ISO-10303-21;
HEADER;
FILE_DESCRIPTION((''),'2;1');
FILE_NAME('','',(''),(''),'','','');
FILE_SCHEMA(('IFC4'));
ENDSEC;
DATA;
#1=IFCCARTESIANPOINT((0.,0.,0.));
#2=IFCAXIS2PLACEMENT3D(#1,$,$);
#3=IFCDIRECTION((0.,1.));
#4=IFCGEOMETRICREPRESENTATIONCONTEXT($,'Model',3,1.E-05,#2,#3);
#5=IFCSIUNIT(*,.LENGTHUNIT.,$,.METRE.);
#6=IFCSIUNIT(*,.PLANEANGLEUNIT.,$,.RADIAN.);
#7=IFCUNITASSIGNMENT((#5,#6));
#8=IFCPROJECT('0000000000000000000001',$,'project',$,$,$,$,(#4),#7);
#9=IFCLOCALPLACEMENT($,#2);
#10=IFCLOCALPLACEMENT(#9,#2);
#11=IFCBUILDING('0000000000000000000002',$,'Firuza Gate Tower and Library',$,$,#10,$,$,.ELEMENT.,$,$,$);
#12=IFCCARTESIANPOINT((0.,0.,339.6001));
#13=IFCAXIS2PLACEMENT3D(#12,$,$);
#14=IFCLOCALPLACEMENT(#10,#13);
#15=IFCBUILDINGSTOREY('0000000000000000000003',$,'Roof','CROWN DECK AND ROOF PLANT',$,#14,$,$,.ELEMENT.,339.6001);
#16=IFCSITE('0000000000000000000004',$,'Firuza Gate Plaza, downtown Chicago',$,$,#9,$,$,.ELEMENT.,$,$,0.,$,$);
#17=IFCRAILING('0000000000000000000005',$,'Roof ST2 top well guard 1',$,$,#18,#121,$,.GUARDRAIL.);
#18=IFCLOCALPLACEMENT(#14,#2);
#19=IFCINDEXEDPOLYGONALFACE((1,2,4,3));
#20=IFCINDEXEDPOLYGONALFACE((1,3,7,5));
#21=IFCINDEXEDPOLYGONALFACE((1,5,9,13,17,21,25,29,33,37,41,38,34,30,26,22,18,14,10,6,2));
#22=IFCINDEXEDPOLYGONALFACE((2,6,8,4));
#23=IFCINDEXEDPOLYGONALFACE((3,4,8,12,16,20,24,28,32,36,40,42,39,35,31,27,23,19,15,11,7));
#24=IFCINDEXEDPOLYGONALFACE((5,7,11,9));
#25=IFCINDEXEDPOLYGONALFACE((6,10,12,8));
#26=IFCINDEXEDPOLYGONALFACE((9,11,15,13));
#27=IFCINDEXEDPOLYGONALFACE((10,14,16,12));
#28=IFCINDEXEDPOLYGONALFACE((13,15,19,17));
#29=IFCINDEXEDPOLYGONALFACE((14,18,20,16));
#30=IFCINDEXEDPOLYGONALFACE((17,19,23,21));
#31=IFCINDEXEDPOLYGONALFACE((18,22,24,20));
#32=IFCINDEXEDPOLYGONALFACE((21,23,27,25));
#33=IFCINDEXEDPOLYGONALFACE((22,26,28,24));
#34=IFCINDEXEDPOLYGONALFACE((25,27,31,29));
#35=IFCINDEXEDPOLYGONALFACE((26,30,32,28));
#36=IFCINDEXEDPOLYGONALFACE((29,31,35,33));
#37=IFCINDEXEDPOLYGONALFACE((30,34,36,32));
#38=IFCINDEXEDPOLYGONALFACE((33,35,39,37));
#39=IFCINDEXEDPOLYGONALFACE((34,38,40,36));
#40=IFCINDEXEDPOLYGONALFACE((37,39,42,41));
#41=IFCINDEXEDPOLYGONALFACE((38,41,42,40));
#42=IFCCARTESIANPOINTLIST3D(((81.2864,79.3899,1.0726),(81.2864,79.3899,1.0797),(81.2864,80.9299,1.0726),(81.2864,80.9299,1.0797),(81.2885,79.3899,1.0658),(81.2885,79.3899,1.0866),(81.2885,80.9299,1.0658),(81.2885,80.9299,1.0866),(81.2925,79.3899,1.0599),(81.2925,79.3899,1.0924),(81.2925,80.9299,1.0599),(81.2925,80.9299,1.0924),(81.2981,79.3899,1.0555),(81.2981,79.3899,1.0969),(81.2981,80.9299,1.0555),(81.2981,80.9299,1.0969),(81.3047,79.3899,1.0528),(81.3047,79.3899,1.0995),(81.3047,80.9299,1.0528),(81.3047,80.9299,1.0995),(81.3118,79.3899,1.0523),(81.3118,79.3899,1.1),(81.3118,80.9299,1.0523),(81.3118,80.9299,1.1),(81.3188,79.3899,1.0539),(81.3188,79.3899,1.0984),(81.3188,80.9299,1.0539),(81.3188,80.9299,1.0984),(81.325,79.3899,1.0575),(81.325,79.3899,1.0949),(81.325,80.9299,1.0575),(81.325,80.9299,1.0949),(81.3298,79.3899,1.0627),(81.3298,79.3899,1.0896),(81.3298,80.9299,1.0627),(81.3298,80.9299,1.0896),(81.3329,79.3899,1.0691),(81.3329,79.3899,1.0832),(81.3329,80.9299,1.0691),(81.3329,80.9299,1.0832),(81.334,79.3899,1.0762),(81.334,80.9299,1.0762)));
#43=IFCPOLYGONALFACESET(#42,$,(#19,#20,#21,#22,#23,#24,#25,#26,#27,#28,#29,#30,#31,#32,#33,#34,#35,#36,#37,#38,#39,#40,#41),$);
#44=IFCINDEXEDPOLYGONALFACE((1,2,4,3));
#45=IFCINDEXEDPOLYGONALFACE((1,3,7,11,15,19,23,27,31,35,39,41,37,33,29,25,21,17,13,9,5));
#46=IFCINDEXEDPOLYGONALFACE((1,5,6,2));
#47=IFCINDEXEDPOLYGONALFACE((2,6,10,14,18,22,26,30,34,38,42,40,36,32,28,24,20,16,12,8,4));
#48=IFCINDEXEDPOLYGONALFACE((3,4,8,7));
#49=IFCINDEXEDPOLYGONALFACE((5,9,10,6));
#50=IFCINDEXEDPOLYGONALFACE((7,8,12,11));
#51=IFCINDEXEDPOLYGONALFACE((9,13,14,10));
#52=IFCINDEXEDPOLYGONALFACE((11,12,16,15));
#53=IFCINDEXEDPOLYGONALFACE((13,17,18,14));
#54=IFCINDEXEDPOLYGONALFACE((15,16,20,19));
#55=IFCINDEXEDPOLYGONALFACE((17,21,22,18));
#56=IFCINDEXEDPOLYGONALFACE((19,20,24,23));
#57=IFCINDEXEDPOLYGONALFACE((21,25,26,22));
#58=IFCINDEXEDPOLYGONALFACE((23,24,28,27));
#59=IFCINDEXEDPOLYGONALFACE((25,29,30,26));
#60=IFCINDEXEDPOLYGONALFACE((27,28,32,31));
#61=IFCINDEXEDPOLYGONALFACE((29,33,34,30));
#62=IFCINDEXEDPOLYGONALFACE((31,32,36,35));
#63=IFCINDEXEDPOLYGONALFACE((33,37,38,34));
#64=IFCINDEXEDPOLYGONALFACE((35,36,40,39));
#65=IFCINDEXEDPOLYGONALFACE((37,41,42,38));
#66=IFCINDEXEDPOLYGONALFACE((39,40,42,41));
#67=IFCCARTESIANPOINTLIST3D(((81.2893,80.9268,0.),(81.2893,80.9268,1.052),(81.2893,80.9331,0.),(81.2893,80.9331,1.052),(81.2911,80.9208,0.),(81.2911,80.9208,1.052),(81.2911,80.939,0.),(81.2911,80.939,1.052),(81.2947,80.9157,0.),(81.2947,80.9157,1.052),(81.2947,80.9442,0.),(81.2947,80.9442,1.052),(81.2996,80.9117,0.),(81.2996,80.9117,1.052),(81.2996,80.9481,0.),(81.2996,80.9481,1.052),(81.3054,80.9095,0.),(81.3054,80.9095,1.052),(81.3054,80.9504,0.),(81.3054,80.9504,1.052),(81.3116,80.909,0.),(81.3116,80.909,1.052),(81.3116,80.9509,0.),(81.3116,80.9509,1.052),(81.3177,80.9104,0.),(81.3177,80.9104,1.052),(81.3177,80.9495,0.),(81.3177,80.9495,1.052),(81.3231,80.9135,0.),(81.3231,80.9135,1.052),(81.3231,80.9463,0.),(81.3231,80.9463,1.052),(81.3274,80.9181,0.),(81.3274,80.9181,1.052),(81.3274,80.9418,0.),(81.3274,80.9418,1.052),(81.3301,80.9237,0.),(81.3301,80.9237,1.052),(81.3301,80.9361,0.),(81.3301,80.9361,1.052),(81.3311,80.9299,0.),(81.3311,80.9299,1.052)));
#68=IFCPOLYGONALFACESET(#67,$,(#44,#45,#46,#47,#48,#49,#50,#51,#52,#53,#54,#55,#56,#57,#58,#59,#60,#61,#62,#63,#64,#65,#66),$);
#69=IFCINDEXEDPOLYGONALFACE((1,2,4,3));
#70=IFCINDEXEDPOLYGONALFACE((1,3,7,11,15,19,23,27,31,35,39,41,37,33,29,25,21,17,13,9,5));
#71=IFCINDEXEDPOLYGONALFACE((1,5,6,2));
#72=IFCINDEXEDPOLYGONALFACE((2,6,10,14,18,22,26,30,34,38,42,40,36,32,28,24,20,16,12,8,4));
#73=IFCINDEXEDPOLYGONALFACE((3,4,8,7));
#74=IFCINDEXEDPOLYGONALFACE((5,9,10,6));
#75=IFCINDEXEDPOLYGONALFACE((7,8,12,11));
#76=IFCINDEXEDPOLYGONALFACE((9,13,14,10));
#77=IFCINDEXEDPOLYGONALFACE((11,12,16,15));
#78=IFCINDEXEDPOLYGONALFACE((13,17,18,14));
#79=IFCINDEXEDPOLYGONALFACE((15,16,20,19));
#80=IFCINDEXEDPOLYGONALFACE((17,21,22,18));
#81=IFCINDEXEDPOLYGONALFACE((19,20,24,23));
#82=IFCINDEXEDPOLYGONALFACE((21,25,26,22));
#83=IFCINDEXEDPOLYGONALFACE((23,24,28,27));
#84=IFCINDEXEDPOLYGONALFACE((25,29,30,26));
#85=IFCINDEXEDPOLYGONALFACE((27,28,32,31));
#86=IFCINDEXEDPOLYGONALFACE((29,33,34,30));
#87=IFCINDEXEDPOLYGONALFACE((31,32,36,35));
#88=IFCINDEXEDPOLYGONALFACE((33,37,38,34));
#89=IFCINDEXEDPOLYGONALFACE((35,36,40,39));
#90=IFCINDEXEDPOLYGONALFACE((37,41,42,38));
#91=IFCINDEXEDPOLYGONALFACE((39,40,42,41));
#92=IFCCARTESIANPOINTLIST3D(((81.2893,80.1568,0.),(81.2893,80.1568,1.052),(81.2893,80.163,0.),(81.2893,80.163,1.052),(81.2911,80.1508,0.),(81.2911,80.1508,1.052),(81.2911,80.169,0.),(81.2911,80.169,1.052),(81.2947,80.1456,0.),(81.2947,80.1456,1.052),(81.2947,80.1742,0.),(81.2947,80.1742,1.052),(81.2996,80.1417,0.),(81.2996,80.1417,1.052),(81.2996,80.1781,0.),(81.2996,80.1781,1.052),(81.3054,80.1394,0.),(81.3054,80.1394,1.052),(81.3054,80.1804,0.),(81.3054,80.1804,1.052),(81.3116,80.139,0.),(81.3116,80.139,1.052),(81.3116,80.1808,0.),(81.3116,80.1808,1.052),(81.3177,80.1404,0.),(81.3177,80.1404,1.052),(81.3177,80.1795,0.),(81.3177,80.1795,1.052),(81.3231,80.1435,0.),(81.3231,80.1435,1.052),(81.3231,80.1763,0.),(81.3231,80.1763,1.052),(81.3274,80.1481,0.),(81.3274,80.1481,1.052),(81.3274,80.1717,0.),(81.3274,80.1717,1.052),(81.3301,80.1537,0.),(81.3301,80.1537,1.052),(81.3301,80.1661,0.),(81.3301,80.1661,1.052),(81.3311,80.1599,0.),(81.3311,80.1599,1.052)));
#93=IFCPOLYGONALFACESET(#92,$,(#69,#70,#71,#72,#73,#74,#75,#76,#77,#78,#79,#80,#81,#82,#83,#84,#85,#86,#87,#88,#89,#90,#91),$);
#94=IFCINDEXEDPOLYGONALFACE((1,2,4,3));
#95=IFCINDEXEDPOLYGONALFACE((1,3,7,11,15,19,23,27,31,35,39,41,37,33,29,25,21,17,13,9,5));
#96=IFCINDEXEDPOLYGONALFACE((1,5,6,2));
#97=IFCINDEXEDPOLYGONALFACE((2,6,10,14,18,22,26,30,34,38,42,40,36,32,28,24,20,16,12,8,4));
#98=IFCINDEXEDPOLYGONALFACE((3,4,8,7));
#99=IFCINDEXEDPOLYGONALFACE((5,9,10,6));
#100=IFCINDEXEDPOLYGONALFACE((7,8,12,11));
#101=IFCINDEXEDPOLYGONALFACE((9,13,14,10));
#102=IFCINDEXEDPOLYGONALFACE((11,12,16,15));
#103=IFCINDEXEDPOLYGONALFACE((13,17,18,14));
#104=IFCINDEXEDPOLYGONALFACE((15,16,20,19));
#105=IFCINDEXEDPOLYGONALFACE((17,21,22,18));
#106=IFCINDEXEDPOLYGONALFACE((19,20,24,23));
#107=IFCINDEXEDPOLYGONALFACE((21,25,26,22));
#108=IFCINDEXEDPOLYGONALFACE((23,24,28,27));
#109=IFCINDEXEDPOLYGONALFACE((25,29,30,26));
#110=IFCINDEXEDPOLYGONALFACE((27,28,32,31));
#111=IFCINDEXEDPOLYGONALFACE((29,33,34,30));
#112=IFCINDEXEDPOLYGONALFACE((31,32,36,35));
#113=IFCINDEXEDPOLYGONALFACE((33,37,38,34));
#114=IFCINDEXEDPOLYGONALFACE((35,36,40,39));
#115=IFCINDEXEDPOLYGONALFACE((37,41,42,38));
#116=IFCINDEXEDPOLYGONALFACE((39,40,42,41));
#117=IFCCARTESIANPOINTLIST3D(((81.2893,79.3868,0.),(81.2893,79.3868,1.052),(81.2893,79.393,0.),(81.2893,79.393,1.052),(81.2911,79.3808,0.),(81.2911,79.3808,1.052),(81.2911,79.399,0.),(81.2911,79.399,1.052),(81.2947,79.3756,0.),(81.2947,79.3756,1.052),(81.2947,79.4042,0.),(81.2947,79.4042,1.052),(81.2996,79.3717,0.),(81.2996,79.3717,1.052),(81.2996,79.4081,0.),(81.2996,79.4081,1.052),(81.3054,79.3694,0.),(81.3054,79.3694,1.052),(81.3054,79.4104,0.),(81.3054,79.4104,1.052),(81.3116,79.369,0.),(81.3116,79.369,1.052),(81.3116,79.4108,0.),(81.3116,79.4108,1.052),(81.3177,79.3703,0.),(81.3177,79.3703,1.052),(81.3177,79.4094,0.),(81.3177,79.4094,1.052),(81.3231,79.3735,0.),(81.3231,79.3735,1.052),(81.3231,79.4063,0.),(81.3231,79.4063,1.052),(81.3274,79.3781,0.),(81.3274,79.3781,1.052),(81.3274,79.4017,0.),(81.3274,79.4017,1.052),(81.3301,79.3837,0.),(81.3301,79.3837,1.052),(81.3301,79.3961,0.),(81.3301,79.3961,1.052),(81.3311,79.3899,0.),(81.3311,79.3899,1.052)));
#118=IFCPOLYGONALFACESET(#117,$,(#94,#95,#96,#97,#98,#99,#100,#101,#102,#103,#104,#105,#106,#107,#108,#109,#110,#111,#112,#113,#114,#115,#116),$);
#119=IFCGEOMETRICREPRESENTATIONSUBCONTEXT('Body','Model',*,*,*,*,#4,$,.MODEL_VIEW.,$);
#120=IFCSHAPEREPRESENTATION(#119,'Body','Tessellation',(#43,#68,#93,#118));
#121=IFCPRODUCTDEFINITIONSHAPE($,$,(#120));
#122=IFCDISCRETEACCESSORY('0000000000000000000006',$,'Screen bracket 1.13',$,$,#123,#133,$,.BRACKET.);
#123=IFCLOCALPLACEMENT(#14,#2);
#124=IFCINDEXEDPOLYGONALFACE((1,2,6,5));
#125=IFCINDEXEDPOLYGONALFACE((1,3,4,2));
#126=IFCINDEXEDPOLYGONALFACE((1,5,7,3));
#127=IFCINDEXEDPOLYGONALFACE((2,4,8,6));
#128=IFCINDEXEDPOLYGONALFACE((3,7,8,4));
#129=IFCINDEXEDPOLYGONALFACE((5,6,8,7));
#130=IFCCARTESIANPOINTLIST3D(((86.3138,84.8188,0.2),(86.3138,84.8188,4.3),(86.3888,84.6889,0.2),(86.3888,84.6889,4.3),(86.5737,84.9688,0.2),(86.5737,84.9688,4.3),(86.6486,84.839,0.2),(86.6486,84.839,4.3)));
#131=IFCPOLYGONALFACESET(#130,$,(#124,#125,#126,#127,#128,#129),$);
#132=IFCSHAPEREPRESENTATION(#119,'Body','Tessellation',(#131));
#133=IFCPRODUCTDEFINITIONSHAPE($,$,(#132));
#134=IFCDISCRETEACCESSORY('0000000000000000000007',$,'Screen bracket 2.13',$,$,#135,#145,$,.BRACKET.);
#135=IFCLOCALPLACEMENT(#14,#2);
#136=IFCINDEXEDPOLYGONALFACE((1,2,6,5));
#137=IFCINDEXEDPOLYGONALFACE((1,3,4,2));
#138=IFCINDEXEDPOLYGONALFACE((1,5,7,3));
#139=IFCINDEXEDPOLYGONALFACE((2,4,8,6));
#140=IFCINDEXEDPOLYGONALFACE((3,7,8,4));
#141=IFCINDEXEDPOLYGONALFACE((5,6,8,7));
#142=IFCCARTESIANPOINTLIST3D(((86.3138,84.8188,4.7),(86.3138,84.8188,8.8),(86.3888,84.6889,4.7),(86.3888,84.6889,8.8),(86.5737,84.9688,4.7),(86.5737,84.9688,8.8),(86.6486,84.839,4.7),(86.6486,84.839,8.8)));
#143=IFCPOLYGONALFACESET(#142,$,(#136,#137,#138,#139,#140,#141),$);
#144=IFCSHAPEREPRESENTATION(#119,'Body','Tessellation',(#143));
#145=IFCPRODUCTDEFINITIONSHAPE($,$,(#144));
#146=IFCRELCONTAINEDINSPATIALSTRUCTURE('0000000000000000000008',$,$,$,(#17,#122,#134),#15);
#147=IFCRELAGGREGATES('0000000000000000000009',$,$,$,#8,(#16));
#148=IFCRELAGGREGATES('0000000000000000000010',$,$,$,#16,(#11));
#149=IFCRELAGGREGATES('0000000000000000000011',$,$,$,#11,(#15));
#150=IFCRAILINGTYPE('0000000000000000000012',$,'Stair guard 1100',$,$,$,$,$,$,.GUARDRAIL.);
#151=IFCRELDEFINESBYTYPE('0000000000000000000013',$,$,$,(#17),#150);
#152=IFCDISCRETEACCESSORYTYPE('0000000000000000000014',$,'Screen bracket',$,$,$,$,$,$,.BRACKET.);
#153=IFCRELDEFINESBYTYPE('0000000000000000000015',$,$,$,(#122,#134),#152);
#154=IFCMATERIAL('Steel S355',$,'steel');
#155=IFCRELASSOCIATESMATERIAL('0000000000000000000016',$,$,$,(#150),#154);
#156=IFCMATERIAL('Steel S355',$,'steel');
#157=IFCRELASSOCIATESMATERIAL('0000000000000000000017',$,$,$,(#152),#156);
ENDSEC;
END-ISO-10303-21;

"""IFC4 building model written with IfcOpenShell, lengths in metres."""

from ifc_helpers import new_model, si_unit, direction, frame, origin, origin_2d, place, context, subcontext, project, spatial, rectangle, circle, extrude, material, type_object, element, save


model = new_model("IFC4")

# Units and contexts
model_context = context("Model", 3, precision=1e-05, world=origin(), true_north=direction((0.0, 1.0)))
body_context = subcontext(model_context, "Body", "Model", "MODEL_VIEW")
ifc_project = project(units=[si_unit("LENGTHUNIT", "METRE"), si_unit("PLANEANGLEUNIT", "RADIAN")], contexts=[model_context])

# Site, building, storey
site_placement = place(None, origin())
site = spatial("IfcSite", under=ifc_project, at=site_placement, Name="Firuza Gate Plaza, downtown Chicago", CompositionType="ELEMENT", RefElevation=0.0)
building_placement = place(site_placement, origin())
building = spatial("IfcBuilding", under=site, at=building_placement, Name="Firuza Gate Tower and Library", CompositionType="ELEMENT")
storey_placement = place(building_placement, frame((0.0, 0.0, 339.6001)))
storey = spatial("IfcBuildingStorey", under=building, at=storey_placement, Name="Roof", Description="CROWN DECK AND ROOF PLANT", CompositionType="ELEMENT", Elevation=339.6001)

# Railing
ifc_material_1 = material(Name="Steel S355", Category="steel")
railing_type = type_object("IfcRailingType", Name="Stair guard 1100", PredefinedType="GUARDRAIL", material=ifc_material_1)
railing_placement = place(storey_placement, frame((81.3101, 80.9299, 0.0)))
element("IfcRailing", 1, at=railing_placement, inside=storey, type_object=railing_type, Name="Roof ST2 top well guard 1", PredefinedType="GUARDRAIL", context=body_context, shape_type="SweptSolid", body=[
    extrude(circle(Radius=0.0239, at=origin_2d()), frame((0.0, 0.0, 1.0762), z_axis=(0.0, -1.0, 0.0), x_axis=(1.0, 0.0, 0.0)), (0.0, 0.0, 1.0), 1.54),
    extrude(circle(Radius=0.021, at=origin_2d()), origin(), (0.0, 0.0, 1.0), 1.052),
    extrude(circle(Radius=0.021, at=origin_2d()), frame((0.0, -0.77, 0.0)), (0.0, 0.0, 1.0), 1.052),
    extrude(circle(Radius=0.021, at=origin_2d()), frame((0.0, -1.54, 0.0)), (0.0, 0.0, 1.0), 1.052),
])

# Discrete accessories
ifc_material_2 = material(Name="Steel S355", Category="steel")
discrete_accessory_type = type_object("IfcDiscreteAccessoryType", Name="Screen bracket", PredefinedType="BRACKET", material=ifc_material_2)
for number, where, z_axis, x_axis, name in (
    (2, (86.4812, 84.8289, 0.2), (0.0, 0.0, 1.0), (0.866025, 0.5, 0.0), "Screen bracket 1.13"),
    (3, (86.4812, 84.8289, 4.7), (0.0, 0.0, 1.0), (0.866025, 0.5, 0.0), "Screen bracket 2.13"),
):
    element("IfcDiscreteAccessory", number, at=place(storey_placement, frame(where, z_axis=z_axis, x_axis=x_axis)), inside=storey, type_object=discrete_accessory_type, Name=name, PredefinedType="BRACKET", context=body_context, shape_type="SweptSolid", body=[
        extrude(rectangle(XDim=0.3, YDim=0.1499, at=origin_2d()), origin(), (0.0, 0.0, 1.0), 4.1001),
    ])

save(model, "model.ifc")
